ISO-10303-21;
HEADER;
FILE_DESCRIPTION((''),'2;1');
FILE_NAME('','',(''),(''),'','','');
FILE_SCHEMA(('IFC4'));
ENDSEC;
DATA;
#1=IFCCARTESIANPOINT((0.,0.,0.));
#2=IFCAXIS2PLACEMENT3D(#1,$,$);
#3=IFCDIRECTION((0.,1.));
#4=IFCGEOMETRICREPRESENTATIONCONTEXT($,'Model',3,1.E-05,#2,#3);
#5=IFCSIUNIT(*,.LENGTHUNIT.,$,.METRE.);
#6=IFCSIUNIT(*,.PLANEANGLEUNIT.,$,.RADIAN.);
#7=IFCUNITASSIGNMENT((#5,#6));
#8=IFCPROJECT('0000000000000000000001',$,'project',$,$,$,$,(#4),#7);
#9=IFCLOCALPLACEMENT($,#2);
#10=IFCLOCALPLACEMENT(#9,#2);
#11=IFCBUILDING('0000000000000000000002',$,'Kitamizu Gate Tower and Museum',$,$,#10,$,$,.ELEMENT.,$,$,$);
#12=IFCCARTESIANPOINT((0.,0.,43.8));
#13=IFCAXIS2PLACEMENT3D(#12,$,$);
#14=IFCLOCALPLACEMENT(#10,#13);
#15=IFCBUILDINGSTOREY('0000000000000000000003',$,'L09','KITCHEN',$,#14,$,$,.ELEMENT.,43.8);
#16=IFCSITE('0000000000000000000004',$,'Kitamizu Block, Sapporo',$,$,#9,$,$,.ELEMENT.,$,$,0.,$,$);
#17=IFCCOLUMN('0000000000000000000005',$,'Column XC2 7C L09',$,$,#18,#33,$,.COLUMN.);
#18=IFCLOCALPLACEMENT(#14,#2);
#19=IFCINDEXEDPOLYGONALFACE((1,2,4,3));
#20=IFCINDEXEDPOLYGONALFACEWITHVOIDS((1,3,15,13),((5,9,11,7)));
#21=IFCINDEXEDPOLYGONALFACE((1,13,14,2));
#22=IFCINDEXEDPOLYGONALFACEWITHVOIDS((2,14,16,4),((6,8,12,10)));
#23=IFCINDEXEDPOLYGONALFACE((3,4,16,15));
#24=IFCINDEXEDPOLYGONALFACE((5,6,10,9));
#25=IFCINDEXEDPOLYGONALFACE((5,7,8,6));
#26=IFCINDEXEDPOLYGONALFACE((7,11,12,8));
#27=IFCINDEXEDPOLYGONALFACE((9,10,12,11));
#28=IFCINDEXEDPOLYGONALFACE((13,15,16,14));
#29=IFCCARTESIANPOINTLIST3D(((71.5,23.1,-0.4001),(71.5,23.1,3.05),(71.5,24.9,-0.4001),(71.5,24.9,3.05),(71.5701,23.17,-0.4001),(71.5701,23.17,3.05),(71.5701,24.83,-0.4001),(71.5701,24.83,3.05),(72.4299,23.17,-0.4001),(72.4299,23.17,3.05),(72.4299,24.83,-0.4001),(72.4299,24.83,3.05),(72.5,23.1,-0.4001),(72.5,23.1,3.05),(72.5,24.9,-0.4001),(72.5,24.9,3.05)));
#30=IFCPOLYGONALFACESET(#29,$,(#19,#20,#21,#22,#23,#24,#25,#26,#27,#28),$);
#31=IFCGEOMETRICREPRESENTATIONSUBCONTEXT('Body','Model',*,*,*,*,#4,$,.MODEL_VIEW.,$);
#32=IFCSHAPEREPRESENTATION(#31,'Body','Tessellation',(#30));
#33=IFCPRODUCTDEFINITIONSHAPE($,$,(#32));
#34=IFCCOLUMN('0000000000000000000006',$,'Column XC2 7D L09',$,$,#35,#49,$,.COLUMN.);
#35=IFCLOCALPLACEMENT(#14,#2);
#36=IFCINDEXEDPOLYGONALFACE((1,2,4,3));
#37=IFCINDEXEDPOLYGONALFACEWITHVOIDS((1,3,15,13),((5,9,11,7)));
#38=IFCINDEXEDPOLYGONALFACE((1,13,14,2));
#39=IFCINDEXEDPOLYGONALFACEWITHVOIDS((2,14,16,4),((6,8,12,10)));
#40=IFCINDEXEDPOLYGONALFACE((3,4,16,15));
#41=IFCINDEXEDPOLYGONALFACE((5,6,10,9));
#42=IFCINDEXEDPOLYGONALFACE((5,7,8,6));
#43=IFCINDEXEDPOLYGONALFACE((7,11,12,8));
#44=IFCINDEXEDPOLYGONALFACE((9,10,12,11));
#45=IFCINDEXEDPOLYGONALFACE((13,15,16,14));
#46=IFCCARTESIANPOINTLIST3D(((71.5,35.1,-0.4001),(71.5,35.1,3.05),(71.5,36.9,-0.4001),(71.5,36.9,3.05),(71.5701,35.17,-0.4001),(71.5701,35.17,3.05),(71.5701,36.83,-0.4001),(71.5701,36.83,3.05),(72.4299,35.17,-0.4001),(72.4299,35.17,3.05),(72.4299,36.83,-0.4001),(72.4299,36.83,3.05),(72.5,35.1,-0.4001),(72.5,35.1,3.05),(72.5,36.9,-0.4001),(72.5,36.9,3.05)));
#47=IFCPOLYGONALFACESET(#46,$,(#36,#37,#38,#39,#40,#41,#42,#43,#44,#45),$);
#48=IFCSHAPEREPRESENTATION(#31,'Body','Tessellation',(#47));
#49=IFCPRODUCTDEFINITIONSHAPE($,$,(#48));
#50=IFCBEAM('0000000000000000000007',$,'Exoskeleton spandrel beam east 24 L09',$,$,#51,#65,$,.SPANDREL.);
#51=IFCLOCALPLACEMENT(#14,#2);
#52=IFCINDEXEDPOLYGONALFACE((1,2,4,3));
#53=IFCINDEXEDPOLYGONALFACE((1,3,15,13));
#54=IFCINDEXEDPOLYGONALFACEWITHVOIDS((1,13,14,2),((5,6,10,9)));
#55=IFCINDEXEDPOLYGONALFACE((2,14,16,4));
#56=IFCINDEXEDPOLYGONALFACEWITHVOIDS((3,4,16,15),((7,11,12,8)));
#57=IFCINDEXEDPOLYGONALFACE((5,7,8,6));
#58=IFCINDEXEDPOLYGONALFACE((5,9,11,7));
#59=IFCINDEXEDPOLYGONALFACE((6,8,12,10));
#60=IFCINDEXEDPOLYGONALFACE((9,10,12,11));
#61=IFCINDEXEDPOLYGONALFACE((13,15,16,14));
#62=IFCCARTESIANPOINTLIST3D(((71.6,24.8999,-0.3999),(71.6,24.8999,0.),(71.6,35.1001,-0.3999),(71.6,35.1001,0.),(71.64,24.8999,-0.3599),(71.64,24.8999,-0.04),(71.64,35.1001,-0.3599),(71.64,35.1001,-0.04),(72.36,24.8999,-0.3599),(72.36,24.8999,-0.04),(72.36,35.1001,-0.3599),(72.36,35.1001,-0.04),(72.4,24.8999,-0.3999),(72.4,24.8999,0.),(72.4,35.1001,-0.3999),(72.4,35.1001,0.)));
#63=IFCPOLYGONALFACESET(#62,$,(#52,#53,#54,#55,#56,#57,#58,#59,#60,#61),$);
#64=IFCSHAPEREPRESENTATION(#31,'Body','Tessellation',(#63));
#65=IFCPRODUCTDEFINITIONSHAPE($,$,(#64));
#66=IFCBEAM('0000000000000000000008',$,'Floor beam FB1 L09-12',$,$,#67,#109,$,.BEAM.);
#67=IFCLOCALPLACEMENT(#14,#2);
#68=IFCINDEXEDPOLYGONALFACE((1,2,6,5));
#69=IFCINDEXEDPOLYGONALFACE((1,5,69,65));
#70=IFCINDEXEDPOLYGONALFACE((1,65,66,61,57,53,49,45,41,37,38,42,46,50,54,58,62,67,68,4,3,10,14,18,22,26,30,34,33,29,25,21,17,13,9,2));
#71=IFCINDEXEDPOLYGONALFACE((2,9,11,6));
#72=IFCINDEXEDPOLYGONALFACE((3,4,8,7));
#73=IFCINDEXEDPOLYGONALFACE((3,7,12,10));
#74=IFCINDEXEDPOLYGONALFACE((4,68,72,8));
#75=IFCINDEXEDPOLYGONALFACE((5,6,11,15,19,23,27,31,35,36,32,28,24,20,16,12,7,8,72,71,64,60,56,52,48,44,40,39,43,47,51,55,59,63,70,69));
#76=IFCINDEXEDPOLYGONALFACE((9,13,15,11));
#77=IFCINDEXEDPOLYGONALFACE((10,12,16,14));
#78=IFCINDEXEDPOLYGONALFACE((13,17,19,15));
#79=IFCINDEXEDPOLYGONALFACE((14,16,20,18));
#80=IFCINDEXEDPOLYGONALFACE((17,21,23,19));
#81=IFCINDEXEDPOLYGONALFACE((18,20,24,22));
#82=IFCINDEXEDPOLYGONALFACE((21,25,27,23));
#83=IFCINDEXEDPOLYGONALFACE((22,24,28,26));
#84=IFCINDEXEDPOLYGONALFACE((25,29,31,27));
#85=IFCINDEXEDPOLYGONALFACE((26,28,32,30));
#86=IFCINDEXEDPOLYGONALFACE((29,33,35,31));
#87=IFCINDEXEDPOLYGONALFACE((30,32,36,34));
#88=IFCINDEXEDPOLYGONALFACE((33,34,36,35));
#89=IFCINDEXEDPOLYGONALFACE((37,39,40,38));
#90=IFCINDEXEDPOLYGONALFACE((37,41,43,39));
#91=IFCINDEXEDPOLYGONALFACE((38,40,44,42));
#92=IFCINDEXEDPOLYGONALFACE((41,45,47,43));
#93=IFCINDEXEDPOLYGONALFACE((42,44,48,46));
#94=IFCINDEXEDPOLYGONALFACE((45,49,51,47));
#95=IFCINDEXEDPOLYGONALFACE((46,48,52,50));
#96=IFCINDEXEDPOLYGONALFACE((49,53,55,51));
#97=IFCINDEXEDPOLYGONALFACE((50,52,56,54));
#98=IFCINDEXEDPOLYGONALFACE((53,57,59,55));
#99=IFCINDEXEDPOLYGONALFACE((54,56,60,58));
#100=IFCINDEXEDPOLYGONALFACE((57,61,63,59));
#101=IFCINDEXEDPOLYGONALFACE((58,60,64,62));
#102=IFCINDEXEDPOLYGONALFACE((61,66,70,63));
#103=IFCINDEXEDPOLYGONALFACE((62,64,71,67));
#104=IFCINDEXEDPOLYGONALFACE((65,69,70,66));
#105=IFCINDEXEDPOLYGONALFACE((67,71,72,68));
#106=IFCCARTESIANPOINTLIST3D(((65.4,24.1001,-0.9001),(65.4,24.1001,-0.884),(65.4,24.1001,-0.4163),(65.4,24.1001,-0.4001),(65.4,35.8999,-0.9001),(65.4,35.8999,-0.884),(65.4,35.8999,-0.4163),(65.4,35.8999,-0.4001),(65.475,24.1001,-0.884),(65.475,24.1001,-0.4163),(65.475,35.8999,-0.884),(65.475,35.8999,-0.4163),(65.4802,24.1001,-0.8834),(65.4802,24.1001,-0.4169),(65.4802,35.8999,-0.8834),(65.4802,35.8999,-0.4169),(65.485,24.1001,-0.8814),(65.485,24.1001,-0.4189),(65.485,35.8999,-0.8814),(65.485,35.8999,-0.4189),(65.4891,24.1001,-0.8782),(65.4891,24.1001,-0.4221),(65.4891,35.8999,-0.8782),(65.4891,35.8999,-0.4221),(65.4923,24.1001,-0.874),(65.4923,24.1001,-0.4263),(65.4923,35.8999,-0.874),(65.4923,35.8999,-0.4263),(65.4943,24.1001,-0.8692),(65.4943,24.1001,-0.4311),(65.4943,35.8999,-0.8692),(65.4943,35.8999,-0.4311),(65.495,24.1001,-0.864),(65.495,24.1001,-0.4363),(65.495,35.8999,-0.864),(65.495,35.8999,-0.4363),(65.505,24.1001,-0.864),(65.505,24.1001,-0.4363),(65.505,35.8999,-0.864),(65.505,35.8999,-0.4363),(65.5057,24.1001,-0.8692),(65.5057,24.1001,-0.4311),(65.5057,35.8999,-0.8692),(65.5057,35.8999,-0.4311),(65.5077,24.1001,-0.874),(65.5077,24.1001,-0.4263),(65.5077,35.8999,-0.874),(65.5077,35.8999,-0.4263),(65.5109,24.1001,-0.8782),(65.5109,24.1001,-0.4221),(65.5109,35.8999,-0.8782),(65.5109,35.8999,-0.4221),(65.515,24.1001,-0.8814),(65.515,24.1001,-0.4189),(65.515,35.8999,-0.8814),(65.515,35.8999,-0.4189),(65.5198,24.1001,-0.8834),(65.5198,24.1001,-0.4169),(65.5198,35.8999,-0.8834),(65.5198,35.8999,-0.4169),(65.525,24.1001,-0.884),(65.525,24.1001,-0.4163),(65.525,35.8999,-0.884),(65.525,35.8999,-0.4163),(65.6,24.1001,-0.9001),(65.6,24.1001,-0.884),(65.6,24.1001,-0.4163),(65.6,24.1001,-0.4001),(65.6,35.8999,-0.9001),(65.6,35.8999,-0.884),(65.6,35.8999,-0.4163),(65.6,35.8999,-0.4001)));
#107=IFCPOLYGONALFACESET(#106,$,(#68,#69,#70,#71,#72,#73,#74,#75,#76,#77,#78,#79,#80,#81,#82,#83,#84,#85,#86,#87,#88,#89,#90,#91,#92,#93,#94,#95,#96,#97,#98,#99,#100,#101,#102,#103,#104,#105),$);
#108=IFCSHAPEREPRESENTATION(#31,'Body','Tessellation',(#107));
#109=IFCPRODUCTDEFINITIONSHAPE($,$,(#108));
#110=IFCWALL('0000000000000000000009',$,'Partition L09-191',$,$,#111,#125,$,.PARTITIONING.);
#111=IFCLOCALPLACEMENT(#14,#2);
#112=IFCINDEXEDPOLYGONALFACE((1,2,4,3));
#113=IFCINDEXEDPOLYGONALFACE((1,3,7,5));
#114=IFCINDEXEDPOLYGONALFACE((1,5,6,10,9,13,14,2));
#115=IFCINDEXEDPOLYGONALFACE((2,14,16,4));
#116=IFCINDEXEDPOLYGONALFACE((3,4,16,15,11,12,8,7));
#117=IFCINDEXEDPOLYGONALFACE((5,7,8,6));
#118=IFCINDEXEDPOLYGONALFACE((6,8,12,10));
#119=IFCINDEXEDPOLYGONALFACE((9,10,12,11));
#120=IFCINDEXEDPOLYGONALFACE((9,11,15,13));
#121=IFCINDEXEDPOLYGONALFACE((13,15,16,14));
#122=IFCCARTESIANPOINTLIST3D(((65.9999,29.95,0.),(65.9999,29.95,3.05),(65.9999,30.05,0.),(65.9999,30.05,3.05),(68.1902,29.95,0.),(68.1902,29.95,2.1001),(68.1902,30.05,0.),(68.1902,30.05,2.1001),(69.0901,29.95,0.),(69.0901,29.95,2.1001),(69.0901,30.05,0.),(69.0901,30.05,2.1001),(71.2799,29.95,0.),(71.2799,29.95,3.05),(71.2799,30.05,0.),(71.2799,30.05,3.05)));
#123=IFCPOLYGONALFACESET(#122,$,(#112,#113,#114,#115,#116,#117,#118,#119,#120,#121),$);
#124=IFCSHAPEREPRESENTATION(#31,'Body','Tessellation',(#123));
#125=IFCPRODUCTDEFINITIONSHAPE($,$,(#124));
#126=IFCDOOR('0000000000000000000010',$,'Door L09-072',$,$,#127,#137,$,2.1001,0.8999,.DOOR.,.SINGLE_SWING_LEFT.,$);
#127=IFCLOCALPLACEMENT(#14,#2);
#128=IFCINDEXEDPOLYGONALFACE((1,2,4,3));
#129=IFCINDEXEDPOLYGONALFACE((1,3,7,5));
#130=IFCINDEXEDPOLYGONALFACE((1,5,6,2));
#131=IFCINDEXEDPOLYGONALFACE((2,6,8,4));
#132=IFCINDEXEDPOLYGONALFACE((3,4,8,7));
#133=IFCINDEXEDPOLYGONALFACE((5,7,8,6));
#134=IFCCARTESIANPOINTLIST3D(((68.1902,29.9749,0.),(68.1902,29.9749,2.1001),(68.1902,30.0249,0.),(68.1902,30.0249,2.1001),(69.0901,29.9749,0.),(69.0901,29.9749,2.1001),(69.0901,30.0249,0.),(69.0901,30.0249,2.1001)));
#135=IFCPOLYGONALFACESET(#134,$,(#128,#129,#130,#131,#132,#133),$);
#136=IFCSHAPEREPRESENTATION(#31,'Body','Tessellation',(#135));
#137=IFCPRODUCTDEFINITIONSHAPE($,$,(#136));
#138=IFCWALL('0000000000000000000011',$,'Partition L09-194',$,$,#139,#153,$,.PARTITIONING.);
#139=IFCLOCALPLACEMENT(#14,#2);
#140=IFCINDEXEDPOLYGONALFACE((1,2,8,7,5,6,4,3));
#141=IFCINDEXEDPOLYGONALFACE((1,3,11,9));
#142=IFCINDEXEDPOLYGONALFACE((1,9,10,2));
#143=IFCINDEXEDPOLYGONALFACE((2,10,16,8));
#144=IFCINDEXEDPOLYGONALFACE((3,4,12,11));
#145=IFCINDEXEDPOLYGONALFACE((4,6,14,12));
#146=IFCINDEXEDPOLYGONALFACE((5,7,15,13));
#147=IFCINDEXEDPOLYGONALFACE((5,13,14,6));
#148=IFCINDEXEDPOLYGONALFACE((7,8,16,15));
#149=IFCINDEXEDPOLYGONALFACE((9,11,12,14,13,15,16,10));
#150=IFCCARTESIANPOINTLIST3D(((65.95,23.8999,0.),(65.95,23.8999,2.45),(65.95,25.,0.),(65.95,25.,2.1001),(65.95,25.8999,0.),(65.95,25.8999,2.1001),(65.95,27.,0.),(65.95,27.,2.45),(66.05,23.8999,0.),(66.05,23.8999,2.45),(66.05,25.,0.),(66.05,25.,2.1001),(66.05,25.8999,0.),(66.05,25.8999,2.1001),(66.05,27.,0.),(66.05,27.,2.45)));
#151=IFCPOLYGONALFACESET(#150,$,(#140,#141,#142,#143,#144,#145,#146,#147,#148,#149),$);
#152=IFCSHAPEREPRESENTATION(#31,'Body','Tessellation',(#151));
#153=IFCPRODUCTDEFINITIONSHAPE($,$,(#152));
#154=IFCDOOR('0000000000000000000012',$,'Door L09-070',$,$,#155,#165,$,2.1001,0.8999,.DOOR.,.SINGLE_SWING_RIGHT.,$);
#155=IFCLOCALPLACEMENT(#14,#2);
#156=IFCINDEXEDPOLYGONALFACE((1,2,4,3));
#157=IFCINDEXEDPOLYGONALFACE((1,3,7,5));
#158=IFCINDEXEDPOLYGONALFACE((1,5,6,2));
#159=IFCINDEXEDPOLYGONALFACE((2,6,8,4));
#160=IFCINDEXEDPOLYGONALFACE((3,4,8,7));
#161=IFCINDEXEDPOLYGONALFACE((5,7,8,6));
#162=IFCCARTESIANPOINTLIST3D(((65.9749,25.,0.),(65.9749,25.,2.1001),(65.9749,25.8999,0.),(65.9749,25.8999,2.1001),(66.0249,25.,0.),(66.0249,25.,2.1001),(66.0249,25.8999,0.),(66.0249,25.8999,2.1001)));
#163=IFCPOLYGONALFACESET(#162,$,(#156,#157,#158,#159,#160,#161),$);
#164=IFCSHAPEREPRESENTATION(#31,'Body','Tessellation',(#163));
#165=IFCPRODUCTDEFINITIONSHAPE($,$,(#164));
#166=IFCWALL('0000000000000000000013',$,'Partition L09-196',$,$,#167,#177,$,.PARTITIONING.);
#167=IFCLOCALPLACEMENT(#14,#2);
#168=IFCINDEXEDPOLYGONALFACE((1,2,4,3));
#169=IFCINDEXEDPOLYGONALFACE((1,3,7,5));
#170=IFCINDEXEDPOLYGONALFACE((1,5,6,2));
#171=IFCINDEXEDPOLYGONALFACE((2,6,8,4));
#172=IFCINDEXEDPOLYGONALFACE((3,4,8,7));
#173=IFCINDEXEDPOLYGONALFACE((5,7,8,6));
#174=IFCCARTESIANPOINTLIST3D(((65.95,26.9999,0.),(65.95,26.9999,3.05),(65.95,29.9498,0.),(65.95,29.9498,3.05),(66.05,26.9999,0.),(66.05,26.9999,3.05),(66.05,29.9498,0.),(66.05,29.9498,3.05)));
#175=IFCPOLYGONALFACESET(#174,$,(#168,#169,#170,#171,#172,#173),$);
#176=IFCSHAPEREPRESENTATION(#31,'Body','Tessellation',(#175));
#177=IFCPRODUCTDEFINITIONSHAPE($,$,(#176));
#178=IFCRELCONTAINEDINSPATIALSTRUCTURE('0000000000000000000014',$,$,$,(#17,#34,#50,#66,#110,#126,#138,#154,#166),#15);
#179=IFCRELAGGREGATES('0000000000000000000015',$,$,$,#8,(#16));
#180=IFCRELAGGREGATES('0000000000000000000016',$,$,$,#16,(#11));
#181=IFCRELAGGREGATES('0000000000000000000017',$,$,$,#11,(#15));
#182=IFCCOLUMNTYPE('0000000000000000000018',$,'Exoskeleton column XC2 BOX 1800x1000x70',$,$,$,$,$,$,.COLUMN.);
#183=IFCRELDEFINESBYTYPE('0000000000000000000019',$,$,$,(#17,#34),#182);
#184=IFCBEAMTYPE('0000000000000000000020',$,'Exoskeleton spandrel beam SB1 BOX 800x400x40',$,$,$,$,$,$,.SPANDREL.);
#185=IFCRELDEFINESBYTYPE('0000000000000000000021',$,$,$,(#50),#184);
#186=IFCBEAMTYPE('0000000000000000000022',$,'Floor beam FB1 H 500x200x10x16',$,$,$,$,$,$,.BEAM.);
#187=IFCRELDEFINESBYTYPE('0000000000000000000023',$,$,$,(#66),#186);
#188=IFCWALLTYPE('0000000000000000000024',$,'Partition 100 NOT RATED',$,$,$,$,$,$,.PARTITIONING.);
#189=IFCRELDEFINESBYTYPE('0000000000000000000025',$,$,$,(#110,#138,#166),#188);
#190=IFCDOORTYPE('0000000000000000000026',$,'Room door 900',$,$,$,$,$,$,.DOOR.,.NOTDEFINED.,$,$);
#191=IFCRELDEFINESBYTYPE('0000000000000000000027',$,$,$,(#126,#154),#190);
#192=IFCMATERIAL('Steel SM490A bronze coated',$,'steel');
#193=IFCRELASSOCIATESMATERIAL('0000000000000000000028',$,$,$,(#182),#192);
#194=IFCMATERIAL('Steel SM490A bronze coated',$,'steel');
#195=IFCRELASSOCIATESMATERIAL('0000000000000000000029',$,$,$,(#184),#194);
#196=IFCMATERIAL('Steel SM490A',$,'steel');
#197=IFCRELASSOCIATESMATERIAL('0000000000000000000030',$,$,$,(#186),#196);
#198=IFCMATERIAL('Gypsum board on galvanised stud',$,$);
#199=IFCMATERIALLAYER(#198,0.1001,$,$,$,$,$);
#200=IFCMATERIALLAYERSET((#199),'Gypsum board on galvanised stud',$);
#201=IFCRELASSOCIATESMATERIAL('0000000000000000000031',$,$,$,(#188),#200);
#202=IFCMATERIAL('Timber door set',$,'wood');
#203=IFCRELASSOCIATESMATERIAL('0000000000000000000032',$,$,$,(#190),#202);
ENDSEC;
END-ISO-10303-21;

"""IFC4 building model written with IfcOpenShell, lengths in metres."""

from ifc_helpers import new_model, si_unit, direction, frame, frame_2d, origin, origin_2d, place, context, subcontext, project, spatial, rectangle, hollow_rectangle, i_section, extrude, material, layer, layer_set, material_profile, profile_set, type_object, element, fill, save


model = new_model("IFC4")

# Units and contexts
model_context = context("Model", 3, precision=1e-05, world=origin(), true_north=direction((0.0, 1.0)))
body_context = subcontext(model_context, "Body", "Model", "MODEL_VIEW")
ifc_project = project(units=[si_unit("LENGTHUNIT", "METRE"), si_unit("PLANEANGLEUNIT", "RADIAN")], contexts=[model_context])

# Site, building, storey
site_placement = place(None, origin())
site = spatial("IfcSite", under=ifc_project, at=site_placement, Name="Kitamizu Block, Sapporo", CompositionType="ELEMENT", RefElevation=0.0)
building_placement = place(site_placement, origin())
building = spatial("IfcBuilding", under=site, at=building_placement, Name="Kitamizu Gate Tower and Museum", CompositionType="ELEMENT")
storey_placement = place(building_placement, frame((0.0, 0.0, 43.8)))
storey = spatial("IfcBuildingStorey", under=building, at=storey_placement, Name="L09", Description="KITCHEN", CompositionType="ELEMENT", Elevation=43.8)

# Columns
ifc_material_1 = material(Name="Steel SM490A bronze coated", Category="steel")
ifc_material_profile_1 = material_profile(ifc_material_1, hollow_rectangle(XDim=1.8, YDim=1.0, WallThickness=0.0701, at=origin_2d()), Name="BOX 1800x1000x70")
ifc_profile_set_1 = profile_set([ifc_material_profile_1], Name="Steel SM490A bronze coated")
column_type = type_object("IfcColumnType", Name="Exoskeleton column XC2 BOX 1800x1000x70", PredefinedType="COLUMN", material=ifc_profile_set_1)
for number, where, z_axis, x_axis, name in (
    (1, (72.0, 24.0, -0.4001), (0.0, 0.0, 1.0), (0.0, 1.0, 0.0), "Column XC2 7C L09"),
    (2, (72.0, 36.0, -0.4001), (0.0, 0.0, 1.0), (0.0, 1.0, 0.0), "Column XC2 7D L09"),
):
    element("IfcColumn", number, at=place(storey_placement, frame(where, z_axis=z_axis, x_axis=x_axis)), inside=storey, type_object=column_type, Name=name, PredefinedType="COLUMN", context=body_context, shape_type="SweptSolid", body=[
        extrude(hollow_rectangle(XDim=1.8, YDim=1.0, WallThickness=0.0701, at=origin_2d()), origin(), (0.0, 0.0, 1.0), 3.4502),
    ])

# Beams
ifc_material_2 = material(Name="Steel SM490A bronze coated", Category="steel")
ifc_material_profile_2 = material_profile(ifc_material_2, hollow_rectangle(XDim=0.8, YDim=0.3999, WallThickness=0.04, at=origin_2d()), Name="BOX 800x400x40")
ifc_profile_set_2 = profile_set([ifc_material_profile_2], Name="Steel SM490A bronze coated")
beam_type_1 = type_object("IfcBeamType", Name="Exoskeleton spandrel beam SB1 BOX 800x400x40", PredefinedType="SPANDREL", material=ifc_profile_set_2)
beam_1_placement = place(storey_placement, frame((72.0, 24.8999, -0.2), z_axis=(0.0, 1.0, 0.0), x_axis=(-1.0, 0.0, 0.0)))
element("IfcBeam", 3, at=beam_1_placement, inside=storey, type_object=beam_type_1, Name="Exoskeleton spandrel beam east 24 L09", PredefinedType="SPANDREL", context=body_context, shape_type="SweptSolid", body=[
    extrude(hollow_rectangle(XDim=0.8, YDim=0.3999, WallThickness=0.04, at=origin_2d()), origin(), (0.0, 0.0, 1.0), 10.2002),
])
ifc_material_3 = material(Name="Steel SM490A", Category="steel")
ifc_material_profile_3 = material_profile(ifc_material_3, i_section(OverallWidth=0.2, OverallDepth=0.5, WebThickness=0.01, FlangeThickness=0.0161, FilletRadius=0.02, at=origin_2d()), Name="H-500x200x10x16")
ifc_profile_set_3 = profile_set([ifc_material_profile_3], Name="Steel SM490A")
beam_type_2 = type_object("IfcBeamType", Name="Floor beam FB1 H 500x200x10x16", PredefinedType="BEAM", material=ifc_profile_set_3)
beam_2_placement = place(storey_placement, frame((65.5, 24.1001, -0.6501), z_axis=(0.0, 1.0, 0.0), x_axis=(-1.0, 0.0, 0.0)))
element("IfcBeam", 4, at=beam_2_placement, inside=storey, type_object=beam_type_2, Name="Floor beam FB1 L09-12", PredefinedType="BEAM", context=body_context, shape_type="SweptSolid", body=[
    extrude(i_section(OverallWidth=0.2, OverallDepth=0.5, WebThickness=0.01, FlangeThickness=0.0161, FilletRadius=0.02, at=origin_2d()), origin(), (0.0, 0.0, 1.0), 11.7998),
])

# Walls, openings, doors
ifc_material_4 = material(Name="Gypsum board on galvanised stud")
ifc_layer_1 = layer(ifc_material_4, 0.1001)
ifc_layer_set_1 = layer_set([ifc_layer_1], Name="Gypsum board on galvanised stud")
wall_type_1 = type_object("IfcWallType", Name="Partition 100 NOT RATED", PredefinedType="PARTITIONING", material=ifc_layer_set_1)
wall_1_placement = place(storey_placement, frame((71.28, 30.0, 0.0), z_axis=(0.0, 0.0, 1.0), x_axis=(-1.0, 0.0, 0.0)))
wall_1 = element("IfcWall", 5, at=wall_1_placement, inside=storey, type_object=wall_type_1, Name="Partition L09-191", PredefinedType="PARTITIONING", context=body_context, shape_type="SweptSolid", body=[
    extrude(rectangle(XDim=5.28, YDim=0.1001, at=frame_2d((2.6401, 0.0))), origin(), (0.0, 0.0, 1.0), 3.05),
])
opening_1_placement = place(wall_1_placement, frame((2.1899, 0.0, 0.0)))
opening_1 = element("IfcOpeningElement", 6, at=opening_1_placement, cuts=wall_1, PredefinedType="OPENING", context=body_context, shape_type="SweptSolid", body=[
    extrude(rectangle(XDim=0.8999, YDim=2.1001, at=frame_2d((0.45, 1.05))), frame((0.0, 0.0601, 0.0), z_axis=(0.0, -1.0, 0.0), x_axis=(1.0, 0.0, 0.0)), (0.0, 0.0, 1.0), 0.1201),
])
ifc_material_5 = material(Name="Timber door set", Category="wood")
door_type_1 = type_object("IfcDoorType", Name="Room door 900", OperationType="NOTDEFINED", PredefinedType="DOOR", material=ifc_material_5)
door_1_placement = place(opening_1_placement, frame((0.8999, 0.0, 0.0), x_axis=(-1.0, 0.0, 0.0)))
door_1 = element("IfcDoor", 7, at=door_1_placement, inside=storey, type_object=door_type_1, Name="Door L09-072", OperationType="SINGLE_SWING_LEFT", OverallHeight=2.1001, OverallWidth=0.8999, PredefinedType="DOOR", context=body_context, shape_type="SweptSolid", body=[
    extrude(rectangle(XDim=0.8999, YDim=2.1001, at=frame_2d((0.45, 1.05))), frame((0.0, 0.0249, 0.0), z_axis=(0.0, -1.0, 0.0), x_axis=(1.0, 0.0, 0.0)), (0.0, 0.0, 1.0), 0.05),
])
fill(opening_1, door_1)
wall_2_placement = place(storey_placement, frame((66.0, 27.0, 0.0), z_axis=(0.0, 0.0, 1.0), x_axis=(0.0, -1.0, 0.0)))
wall_2 = element("IfcWall", 8, at=wall_2_placement, inside=storey, type_object=wall_type_1, Name="Partition L09-194", PredefinedType="PARTITIONING", context=body_context, shape_type="SweptSolid", body=[
    extrude(rectangle(XDim=3.1001, YDim=0.1001, at=frame_2d((1.55, 0.0))), origin(), (0.0, 0.0, 1.0), 2.45),
])
opening_2_placement = place(wall_2_placement, frame((1.1001, 0.0, 0.0)))
opening_2 = element("IfcOpeningElement", 9, at=opening_2_placement, cuts=wall_2, PredefinedType="OPENING", context=body_context, shape_type="SweptSolid", body=[
    extrude(rectangle(XDim=0.8999, YDim=2.1001, at=frame_2d((0.45, 1.05))), frame((0.0, 0.0601, 0.0), z_axis=(0.0, -1.0, 0.0), x_axis=(1.0, 0.0, 0.0)), (0.0, 0.0, 1.0), 0.1201),
])
door_2_placement = place(opening_2_placement, origin())
door_2 = element("IfcDoor", 10, at=door_2_placement, inside=storey, type_object=door_type_1, Name="Door L09-070", OperationType="SINGLE_SWING_RIGHT", OverallHeight=2.1001, OverallWidth=0.8999, PredefinedType="DOOR", context=body_context, shape_type="SweptSolid", body=[
    extrude(rectangle(XDim=0.8999, YDim=2.1001, at=frame_2d((0.45, 1.05))), frame((0.0, 0.0249, 0.0), z_axis=(0.0, -1.0, 0.0), x_axis=(1.0, 0.0, 0.0)), (0.0, 0.0, 1.0), 0.05),
])
fill(opening_2, door_2)

# Wall
wall_3_placement = place(storey_placement, frame((66.0, 29.95, 0.0), z_axis=(0.0, 0.0, 1.0), x_axis=(0.0, -1.0, 0.0)))
element("IfcWall", 11, at=wall_3_placement, inside=storey, type_object=wall_type_1, Name="Partition L09-196", PredefinedType="PARTITIONING", context=body_context, shape_type="SweptSolid", body=[
    extrude(rectangle(XDim=2.95, YDim=0.1001, at=frame_2d((1.4751, 0.0))), origin(), (0.0, 0.0, 1.0), 3.05),
])

save(model, "model.ifc")
